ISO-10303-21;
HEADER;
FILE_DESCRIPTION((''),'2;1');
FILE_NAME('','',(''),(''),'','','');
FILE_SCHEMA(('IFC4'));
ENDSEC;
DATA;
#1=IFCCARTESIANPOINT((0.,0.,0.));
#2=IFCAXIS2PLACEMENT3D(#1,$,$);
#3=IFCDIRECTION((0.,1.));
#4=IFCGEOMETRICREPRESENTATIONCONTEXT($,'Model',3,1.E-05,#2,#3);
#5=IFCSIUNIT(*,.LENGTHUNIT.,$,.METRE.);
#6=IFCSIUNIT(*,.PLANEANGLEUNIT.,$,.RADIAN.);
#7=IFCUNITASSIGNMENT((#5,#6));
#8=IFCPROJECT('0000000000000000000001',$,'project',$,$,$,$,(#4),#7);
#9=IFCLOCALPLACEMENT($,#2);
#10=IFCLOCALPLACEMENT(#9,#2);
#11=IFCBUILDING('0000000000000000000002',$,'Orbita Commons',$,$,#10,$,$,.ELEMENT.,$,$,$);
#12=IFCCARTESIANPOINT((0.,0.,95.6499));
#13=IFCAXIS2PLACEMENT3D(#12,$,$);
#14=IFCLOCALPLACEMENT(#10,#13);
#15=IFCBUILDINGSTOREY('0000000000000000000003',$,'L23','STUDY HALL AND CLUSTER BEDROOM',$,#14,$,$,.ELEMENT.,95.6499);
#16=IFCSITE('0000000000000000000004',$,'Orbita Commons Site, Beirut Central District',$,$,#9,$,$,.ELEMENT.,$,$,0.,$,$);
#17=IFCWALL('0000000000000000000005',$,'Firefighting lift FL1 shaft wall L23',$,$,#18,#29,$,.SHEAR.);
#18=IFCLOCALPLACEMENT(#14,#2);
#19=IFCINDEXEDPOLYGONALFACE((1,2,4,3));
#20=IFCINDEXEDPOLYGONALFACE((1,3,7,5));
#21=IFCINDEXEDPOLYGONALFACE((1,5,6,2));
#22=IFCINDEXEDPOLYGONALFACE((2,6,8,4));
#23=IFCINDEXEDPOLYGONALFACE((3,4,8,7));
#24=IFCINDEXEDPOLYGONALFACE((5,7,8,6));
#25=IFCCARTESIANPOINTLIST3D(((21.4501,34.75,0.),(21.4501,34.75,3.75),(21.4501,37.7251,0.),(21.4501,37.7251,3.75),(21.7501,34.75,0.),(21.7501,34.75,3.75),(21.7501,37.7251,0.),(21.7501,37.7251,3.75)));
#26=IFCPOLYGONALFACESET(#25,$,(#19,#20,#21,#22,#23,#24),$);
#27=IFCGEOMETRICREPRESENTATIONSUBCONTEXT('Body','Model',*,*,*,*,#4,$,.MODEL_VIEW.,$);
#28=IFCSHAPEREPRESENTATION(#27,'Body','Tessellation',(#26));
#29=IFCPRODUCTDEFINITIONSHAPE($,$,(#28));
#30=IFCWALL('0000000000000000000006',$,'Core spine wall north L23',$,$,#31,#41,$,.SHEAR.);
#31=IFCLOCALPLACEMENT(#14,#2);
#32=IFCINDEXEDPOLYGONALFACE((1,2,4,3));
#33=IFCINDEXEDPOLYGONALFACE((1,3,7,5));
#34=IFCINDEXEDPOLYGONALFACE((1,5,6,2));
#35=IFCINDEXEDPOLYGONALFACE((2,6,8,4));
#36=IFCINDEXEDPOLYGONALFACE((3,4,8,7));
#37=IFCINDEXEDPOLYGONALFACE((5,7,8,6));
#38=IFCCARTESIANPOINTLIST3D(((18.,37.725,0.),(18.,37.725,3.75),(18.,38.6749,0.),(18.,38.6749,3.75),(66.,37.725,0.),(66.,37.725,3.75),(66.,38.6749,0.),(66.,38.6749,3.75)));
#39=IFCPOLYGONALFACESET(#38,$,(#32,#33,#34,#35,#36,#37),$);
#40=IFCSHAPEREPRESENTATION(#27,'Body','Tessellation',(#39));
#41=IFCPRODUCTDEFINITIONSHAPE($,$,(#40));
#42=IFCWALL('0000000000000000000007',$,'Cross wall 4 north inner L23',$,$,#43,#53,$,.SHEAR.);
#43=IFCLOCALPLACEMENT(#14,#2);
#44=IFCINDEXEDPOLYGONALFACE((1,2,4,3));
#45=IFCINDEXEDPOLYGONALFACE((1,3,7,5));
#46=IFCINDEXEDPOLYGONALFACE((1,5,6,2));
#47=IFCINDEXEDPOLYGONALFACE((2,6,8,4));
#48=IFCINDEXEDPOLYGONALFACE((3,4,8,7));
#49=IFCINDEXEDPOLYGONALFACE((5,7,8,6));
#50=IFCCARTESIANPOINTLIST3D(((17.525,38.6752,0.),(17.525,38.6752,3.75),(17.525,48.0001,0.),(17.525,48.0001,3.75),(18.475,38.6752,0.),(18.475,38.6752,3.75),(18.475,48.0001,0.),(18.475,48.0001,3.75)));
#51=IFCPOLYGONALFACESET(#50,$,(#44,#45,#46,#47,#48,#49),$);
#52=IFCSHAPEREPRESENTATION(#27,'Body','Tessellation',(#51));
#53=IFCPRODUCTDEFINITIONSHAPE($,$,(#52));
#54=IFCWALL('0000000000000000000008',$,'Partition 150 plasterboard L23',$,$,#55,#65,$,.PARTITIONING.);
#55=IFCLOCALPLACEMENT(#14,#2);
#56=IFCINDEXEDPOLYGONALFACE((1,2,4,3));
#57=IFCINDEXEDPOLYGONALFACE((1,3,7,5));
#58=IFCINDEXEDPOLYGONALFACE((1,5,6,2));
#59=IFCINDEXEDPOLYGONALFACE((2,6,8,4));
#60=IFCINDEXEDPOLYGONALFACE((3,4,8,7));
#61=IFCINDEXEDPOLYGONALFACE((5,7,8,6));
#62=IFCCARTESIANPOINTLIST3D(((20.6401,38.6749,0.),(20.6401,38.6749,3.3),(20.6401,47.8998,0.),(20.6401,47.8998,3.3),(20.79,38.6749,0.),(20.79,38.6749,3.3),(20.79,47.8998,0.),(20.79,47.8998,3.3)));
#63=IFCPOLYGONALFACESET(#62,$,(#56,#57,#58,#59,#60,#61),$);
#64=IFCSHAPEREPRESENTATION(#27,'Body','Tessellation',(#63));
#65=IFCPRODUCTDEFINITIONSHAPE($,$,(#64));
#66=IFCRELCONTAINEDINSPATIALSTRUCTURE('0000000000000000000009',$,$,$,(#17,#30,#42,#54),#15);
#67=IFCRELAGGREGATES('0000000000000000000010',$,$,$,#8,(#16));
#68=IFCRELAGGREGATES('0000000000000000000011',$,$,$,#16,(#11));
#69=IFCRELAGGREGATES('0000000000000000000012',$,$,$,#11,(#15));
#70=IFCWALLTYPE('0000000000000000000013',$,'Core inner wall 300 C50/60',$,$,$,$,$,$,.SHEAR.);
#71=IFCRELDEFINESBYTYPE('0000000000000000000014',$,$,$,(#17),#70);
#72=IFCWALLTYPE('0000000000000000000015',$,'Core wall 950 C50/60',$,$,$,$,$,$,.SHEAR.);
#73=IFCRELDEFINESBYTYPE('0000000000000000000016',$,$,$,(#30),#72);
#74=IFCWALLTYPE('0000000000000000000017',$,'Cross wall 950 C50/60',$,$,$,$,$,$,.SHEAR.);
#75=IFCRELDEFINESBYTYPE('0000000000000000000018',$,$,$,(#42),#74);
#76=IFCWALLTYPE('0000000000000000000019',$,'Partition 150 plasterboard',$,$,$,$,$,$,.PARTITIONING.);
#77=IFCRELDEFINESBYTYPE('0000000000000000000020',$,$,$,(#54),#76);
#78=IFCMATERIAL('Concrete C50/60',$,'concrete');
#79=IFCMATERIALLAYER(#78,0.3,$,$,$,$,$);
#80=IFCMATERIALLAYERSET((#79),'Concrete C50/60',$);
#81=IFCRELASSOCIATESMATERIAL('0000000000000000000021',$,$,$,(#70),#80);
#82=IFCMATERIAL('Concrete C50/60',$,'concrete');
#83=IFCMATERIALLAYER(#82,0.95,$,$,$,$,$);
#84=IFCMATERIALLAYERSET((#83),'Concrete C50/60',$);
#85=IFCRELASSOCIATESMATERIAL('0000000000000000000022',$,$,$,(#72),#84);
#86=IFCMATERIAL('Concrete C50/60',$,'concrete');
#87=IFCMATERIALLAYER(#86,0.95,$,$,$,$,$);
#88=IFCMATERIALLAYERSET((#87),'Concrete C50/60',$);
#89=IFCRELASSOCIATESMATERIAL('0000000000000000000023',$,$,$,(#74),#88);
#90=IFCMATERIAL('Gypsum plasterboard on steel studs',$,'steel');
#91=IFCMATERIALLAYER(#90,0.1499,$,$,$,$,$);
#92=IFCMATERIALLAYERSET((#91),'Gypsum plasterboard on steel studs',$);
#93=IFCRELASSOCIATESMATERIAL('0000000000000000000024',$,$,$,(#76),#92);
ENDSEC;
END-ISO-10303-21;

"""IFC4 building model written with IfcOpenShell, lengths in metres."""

from ifc_helpers import new_model, si_unit, direction, frame, frame_2d, origin, place, context, subcontext, project, spatial, rectangle, extrude, material, layer, layer_set, type_object, element, save


model = new_model("IFC4")

# Units and contexts
model_context = context("Model", 3, precision=1e-05, world=origin(), true_north=direction((0.0, 1.0)))
body_context = subcontext(model_context, "Body", "Model", "MODEL_VIEW")
ifc_project = project(units=[si_unit("LENGTHUNIT", "METRE"), si_unit("PLANEANGLEUNIT", "RADIAN")], contexts=[model_context])

# Site, building, storey
site_placement = place(None, origin())
site = spatial("IfcSite", under=ifc_project, at=site_placement, Name="Orbita Commons Site, Beirut Central District", CompositionType="ELEMENT", RefElevation=0.0)
building_placement = place(site_placement, origin())
building = spatial("IfcBuilding", under=site, at=building_placement, Name="Orbita Commons", CompositionType="ELEMENT")
storey_placement = place(building_placement, frame((0.0, 0.0, 95.6499)))
storey = spatial("IfcBuildingStorey", under=building, at=storey_placement, Name="L23", Description="STUDY HALL AND CLUSTER BEDROOM", CompositionType="ELEMENT", Elevation=95.6499)

# Walls
ifc_material_1 = material(Name="Concrete C50/60", Category="concrete")
ifc_layer_1 = layer(ifc_material_1, 0.3)
ifc_layer_set_1 = layer_set([ifc_layer_1], Name="Concrete C50/60")
wall_type_1 = type_object("IfcWallType", Name="Core inner wall 300 C50/60", PredefinedType="SHEAR", material=ifc_layer_set_1)
wall_1_placement = place(storey_placement, frame((21.6001, 34.75, 0.0), z_axis=(0.0, 0.0, 1.0), x_axis=(0.0, 1.0, 0.0)))
element("IfcWall", 1, at=wall_1_placement, inside=storey, type_object=wall_type_1, Name="Firefighting lift FL1 shaft wall L23", PredefinedType="SHEAR", context=body_context, shape_type="SweptSolid", body=[
    extrude(rectangle(XDim=2.9751, YDim=0.3, at=frame_2d((1.4875, 0.0))), origin(), (0.0, 0.0, 1.0), 3.75),
])
ifc_material_2 = material(Name="Concrete C50/60", Category="concrete")
ifc_layer_2 = layer(ifc_material_2, 0.95)
ifc_layer_set_2 = layer_set([ifc_layer_2], Name="Concrete C50/60")
wall_type_2 = type_object("IfcWallType", Name="Core wall 950 C50/60", PredefinedType="SHEAR", material=ifc_layer_set_2)
wall_2_placement = place(storey_placement, frame((18.0, 38.2, 0.0), z_axis=(0.0, 0.0, 1.0), x_axis=(1.0, 0.0, 0.0)))
element("IfcWall", 2, at=wall_2_placement, inside=storey, type_object=wall_type_2, Name="Core spine wall north L23", PredefinedType="SHEAR", context=body_context, shape_type="SweptSolid", body=[
    extrude(rectangle(XDim=48.0, YDim=0.95, at=frame_2d((24.0, 0.0))), origin(), (0.0, 0.0, 1.0), 3.75),
])
ifc_material_3 = material(Name="Concrete C50/60", Category="concrete")
ifc_layer_3 = layer(ifc_material_3, 0.95)
ifc_layer_set_3 = layer_set([ifc_layer_3], Name="Concrete C50/60")
wall_type_3 = type_object("IfcWallType", Name="Cross wall 950 C50/60", PredefinedType="SHEAR", material=ifc_layer_set_3)
wall_3_placement = place(storey_placement, frame((18.0, 38.675, 0.0), z_axis=(0.0, 0.0, 1.0), x_axis=(0.0, 1.0, 0.0)))
element("IfcWall", 3, at=wall_3_placement, inside=storey, type_object=wall_type_3, Name="Cross wall 4 north inner L23", PredefinedType="SHEAR", context=body_context, shape_type="SweptSolid", body=[
    extrude(rectangle(XDim=9.325, YDim=0.95, at=frame_2d((4.6626, 0.0))), origin(), (0.0, 0.0, 1.0), 3.75),
])
ifc_material_4 = material(Name="Gypsum plasterboard on steel studs", Category="steel")
ifc_layer_4 = layer(ifc_material_4, 0.1499)
ifc_layer_set_4 = layer_set([ifc_layer_4], Name="Gypsum plasterboard on steel studs")
wall_type_4 = type_object("IfcWallType", Name="Partition 150 plasterboard", PredefinedType="PARTITIONING", material=ifc_layer_set_4)
wall_4_placement = place(storey_placement, frame((20.7151, 38.675, 0.0), z_axis=(0.0, 0.0, 1.0), x_axis=(0.0, 1.0, 0.0)))
element("IfcWall", 4, at=wall_4_placement, inside=storey, type_object=wall_type_4, Name="Partition 150 plasterboard L23", PredefinedType="PARTITIONING", context=body_context, shape_type="SweptSolid", body=[
    extrude(rectangle(XDim=9.2249, YDim=0.1499, at=frame_2d((4.6123, 0.0))), origin(), (0.0, 0.0, 1.0), 3.3),
])

save(model, "model.ifc")
